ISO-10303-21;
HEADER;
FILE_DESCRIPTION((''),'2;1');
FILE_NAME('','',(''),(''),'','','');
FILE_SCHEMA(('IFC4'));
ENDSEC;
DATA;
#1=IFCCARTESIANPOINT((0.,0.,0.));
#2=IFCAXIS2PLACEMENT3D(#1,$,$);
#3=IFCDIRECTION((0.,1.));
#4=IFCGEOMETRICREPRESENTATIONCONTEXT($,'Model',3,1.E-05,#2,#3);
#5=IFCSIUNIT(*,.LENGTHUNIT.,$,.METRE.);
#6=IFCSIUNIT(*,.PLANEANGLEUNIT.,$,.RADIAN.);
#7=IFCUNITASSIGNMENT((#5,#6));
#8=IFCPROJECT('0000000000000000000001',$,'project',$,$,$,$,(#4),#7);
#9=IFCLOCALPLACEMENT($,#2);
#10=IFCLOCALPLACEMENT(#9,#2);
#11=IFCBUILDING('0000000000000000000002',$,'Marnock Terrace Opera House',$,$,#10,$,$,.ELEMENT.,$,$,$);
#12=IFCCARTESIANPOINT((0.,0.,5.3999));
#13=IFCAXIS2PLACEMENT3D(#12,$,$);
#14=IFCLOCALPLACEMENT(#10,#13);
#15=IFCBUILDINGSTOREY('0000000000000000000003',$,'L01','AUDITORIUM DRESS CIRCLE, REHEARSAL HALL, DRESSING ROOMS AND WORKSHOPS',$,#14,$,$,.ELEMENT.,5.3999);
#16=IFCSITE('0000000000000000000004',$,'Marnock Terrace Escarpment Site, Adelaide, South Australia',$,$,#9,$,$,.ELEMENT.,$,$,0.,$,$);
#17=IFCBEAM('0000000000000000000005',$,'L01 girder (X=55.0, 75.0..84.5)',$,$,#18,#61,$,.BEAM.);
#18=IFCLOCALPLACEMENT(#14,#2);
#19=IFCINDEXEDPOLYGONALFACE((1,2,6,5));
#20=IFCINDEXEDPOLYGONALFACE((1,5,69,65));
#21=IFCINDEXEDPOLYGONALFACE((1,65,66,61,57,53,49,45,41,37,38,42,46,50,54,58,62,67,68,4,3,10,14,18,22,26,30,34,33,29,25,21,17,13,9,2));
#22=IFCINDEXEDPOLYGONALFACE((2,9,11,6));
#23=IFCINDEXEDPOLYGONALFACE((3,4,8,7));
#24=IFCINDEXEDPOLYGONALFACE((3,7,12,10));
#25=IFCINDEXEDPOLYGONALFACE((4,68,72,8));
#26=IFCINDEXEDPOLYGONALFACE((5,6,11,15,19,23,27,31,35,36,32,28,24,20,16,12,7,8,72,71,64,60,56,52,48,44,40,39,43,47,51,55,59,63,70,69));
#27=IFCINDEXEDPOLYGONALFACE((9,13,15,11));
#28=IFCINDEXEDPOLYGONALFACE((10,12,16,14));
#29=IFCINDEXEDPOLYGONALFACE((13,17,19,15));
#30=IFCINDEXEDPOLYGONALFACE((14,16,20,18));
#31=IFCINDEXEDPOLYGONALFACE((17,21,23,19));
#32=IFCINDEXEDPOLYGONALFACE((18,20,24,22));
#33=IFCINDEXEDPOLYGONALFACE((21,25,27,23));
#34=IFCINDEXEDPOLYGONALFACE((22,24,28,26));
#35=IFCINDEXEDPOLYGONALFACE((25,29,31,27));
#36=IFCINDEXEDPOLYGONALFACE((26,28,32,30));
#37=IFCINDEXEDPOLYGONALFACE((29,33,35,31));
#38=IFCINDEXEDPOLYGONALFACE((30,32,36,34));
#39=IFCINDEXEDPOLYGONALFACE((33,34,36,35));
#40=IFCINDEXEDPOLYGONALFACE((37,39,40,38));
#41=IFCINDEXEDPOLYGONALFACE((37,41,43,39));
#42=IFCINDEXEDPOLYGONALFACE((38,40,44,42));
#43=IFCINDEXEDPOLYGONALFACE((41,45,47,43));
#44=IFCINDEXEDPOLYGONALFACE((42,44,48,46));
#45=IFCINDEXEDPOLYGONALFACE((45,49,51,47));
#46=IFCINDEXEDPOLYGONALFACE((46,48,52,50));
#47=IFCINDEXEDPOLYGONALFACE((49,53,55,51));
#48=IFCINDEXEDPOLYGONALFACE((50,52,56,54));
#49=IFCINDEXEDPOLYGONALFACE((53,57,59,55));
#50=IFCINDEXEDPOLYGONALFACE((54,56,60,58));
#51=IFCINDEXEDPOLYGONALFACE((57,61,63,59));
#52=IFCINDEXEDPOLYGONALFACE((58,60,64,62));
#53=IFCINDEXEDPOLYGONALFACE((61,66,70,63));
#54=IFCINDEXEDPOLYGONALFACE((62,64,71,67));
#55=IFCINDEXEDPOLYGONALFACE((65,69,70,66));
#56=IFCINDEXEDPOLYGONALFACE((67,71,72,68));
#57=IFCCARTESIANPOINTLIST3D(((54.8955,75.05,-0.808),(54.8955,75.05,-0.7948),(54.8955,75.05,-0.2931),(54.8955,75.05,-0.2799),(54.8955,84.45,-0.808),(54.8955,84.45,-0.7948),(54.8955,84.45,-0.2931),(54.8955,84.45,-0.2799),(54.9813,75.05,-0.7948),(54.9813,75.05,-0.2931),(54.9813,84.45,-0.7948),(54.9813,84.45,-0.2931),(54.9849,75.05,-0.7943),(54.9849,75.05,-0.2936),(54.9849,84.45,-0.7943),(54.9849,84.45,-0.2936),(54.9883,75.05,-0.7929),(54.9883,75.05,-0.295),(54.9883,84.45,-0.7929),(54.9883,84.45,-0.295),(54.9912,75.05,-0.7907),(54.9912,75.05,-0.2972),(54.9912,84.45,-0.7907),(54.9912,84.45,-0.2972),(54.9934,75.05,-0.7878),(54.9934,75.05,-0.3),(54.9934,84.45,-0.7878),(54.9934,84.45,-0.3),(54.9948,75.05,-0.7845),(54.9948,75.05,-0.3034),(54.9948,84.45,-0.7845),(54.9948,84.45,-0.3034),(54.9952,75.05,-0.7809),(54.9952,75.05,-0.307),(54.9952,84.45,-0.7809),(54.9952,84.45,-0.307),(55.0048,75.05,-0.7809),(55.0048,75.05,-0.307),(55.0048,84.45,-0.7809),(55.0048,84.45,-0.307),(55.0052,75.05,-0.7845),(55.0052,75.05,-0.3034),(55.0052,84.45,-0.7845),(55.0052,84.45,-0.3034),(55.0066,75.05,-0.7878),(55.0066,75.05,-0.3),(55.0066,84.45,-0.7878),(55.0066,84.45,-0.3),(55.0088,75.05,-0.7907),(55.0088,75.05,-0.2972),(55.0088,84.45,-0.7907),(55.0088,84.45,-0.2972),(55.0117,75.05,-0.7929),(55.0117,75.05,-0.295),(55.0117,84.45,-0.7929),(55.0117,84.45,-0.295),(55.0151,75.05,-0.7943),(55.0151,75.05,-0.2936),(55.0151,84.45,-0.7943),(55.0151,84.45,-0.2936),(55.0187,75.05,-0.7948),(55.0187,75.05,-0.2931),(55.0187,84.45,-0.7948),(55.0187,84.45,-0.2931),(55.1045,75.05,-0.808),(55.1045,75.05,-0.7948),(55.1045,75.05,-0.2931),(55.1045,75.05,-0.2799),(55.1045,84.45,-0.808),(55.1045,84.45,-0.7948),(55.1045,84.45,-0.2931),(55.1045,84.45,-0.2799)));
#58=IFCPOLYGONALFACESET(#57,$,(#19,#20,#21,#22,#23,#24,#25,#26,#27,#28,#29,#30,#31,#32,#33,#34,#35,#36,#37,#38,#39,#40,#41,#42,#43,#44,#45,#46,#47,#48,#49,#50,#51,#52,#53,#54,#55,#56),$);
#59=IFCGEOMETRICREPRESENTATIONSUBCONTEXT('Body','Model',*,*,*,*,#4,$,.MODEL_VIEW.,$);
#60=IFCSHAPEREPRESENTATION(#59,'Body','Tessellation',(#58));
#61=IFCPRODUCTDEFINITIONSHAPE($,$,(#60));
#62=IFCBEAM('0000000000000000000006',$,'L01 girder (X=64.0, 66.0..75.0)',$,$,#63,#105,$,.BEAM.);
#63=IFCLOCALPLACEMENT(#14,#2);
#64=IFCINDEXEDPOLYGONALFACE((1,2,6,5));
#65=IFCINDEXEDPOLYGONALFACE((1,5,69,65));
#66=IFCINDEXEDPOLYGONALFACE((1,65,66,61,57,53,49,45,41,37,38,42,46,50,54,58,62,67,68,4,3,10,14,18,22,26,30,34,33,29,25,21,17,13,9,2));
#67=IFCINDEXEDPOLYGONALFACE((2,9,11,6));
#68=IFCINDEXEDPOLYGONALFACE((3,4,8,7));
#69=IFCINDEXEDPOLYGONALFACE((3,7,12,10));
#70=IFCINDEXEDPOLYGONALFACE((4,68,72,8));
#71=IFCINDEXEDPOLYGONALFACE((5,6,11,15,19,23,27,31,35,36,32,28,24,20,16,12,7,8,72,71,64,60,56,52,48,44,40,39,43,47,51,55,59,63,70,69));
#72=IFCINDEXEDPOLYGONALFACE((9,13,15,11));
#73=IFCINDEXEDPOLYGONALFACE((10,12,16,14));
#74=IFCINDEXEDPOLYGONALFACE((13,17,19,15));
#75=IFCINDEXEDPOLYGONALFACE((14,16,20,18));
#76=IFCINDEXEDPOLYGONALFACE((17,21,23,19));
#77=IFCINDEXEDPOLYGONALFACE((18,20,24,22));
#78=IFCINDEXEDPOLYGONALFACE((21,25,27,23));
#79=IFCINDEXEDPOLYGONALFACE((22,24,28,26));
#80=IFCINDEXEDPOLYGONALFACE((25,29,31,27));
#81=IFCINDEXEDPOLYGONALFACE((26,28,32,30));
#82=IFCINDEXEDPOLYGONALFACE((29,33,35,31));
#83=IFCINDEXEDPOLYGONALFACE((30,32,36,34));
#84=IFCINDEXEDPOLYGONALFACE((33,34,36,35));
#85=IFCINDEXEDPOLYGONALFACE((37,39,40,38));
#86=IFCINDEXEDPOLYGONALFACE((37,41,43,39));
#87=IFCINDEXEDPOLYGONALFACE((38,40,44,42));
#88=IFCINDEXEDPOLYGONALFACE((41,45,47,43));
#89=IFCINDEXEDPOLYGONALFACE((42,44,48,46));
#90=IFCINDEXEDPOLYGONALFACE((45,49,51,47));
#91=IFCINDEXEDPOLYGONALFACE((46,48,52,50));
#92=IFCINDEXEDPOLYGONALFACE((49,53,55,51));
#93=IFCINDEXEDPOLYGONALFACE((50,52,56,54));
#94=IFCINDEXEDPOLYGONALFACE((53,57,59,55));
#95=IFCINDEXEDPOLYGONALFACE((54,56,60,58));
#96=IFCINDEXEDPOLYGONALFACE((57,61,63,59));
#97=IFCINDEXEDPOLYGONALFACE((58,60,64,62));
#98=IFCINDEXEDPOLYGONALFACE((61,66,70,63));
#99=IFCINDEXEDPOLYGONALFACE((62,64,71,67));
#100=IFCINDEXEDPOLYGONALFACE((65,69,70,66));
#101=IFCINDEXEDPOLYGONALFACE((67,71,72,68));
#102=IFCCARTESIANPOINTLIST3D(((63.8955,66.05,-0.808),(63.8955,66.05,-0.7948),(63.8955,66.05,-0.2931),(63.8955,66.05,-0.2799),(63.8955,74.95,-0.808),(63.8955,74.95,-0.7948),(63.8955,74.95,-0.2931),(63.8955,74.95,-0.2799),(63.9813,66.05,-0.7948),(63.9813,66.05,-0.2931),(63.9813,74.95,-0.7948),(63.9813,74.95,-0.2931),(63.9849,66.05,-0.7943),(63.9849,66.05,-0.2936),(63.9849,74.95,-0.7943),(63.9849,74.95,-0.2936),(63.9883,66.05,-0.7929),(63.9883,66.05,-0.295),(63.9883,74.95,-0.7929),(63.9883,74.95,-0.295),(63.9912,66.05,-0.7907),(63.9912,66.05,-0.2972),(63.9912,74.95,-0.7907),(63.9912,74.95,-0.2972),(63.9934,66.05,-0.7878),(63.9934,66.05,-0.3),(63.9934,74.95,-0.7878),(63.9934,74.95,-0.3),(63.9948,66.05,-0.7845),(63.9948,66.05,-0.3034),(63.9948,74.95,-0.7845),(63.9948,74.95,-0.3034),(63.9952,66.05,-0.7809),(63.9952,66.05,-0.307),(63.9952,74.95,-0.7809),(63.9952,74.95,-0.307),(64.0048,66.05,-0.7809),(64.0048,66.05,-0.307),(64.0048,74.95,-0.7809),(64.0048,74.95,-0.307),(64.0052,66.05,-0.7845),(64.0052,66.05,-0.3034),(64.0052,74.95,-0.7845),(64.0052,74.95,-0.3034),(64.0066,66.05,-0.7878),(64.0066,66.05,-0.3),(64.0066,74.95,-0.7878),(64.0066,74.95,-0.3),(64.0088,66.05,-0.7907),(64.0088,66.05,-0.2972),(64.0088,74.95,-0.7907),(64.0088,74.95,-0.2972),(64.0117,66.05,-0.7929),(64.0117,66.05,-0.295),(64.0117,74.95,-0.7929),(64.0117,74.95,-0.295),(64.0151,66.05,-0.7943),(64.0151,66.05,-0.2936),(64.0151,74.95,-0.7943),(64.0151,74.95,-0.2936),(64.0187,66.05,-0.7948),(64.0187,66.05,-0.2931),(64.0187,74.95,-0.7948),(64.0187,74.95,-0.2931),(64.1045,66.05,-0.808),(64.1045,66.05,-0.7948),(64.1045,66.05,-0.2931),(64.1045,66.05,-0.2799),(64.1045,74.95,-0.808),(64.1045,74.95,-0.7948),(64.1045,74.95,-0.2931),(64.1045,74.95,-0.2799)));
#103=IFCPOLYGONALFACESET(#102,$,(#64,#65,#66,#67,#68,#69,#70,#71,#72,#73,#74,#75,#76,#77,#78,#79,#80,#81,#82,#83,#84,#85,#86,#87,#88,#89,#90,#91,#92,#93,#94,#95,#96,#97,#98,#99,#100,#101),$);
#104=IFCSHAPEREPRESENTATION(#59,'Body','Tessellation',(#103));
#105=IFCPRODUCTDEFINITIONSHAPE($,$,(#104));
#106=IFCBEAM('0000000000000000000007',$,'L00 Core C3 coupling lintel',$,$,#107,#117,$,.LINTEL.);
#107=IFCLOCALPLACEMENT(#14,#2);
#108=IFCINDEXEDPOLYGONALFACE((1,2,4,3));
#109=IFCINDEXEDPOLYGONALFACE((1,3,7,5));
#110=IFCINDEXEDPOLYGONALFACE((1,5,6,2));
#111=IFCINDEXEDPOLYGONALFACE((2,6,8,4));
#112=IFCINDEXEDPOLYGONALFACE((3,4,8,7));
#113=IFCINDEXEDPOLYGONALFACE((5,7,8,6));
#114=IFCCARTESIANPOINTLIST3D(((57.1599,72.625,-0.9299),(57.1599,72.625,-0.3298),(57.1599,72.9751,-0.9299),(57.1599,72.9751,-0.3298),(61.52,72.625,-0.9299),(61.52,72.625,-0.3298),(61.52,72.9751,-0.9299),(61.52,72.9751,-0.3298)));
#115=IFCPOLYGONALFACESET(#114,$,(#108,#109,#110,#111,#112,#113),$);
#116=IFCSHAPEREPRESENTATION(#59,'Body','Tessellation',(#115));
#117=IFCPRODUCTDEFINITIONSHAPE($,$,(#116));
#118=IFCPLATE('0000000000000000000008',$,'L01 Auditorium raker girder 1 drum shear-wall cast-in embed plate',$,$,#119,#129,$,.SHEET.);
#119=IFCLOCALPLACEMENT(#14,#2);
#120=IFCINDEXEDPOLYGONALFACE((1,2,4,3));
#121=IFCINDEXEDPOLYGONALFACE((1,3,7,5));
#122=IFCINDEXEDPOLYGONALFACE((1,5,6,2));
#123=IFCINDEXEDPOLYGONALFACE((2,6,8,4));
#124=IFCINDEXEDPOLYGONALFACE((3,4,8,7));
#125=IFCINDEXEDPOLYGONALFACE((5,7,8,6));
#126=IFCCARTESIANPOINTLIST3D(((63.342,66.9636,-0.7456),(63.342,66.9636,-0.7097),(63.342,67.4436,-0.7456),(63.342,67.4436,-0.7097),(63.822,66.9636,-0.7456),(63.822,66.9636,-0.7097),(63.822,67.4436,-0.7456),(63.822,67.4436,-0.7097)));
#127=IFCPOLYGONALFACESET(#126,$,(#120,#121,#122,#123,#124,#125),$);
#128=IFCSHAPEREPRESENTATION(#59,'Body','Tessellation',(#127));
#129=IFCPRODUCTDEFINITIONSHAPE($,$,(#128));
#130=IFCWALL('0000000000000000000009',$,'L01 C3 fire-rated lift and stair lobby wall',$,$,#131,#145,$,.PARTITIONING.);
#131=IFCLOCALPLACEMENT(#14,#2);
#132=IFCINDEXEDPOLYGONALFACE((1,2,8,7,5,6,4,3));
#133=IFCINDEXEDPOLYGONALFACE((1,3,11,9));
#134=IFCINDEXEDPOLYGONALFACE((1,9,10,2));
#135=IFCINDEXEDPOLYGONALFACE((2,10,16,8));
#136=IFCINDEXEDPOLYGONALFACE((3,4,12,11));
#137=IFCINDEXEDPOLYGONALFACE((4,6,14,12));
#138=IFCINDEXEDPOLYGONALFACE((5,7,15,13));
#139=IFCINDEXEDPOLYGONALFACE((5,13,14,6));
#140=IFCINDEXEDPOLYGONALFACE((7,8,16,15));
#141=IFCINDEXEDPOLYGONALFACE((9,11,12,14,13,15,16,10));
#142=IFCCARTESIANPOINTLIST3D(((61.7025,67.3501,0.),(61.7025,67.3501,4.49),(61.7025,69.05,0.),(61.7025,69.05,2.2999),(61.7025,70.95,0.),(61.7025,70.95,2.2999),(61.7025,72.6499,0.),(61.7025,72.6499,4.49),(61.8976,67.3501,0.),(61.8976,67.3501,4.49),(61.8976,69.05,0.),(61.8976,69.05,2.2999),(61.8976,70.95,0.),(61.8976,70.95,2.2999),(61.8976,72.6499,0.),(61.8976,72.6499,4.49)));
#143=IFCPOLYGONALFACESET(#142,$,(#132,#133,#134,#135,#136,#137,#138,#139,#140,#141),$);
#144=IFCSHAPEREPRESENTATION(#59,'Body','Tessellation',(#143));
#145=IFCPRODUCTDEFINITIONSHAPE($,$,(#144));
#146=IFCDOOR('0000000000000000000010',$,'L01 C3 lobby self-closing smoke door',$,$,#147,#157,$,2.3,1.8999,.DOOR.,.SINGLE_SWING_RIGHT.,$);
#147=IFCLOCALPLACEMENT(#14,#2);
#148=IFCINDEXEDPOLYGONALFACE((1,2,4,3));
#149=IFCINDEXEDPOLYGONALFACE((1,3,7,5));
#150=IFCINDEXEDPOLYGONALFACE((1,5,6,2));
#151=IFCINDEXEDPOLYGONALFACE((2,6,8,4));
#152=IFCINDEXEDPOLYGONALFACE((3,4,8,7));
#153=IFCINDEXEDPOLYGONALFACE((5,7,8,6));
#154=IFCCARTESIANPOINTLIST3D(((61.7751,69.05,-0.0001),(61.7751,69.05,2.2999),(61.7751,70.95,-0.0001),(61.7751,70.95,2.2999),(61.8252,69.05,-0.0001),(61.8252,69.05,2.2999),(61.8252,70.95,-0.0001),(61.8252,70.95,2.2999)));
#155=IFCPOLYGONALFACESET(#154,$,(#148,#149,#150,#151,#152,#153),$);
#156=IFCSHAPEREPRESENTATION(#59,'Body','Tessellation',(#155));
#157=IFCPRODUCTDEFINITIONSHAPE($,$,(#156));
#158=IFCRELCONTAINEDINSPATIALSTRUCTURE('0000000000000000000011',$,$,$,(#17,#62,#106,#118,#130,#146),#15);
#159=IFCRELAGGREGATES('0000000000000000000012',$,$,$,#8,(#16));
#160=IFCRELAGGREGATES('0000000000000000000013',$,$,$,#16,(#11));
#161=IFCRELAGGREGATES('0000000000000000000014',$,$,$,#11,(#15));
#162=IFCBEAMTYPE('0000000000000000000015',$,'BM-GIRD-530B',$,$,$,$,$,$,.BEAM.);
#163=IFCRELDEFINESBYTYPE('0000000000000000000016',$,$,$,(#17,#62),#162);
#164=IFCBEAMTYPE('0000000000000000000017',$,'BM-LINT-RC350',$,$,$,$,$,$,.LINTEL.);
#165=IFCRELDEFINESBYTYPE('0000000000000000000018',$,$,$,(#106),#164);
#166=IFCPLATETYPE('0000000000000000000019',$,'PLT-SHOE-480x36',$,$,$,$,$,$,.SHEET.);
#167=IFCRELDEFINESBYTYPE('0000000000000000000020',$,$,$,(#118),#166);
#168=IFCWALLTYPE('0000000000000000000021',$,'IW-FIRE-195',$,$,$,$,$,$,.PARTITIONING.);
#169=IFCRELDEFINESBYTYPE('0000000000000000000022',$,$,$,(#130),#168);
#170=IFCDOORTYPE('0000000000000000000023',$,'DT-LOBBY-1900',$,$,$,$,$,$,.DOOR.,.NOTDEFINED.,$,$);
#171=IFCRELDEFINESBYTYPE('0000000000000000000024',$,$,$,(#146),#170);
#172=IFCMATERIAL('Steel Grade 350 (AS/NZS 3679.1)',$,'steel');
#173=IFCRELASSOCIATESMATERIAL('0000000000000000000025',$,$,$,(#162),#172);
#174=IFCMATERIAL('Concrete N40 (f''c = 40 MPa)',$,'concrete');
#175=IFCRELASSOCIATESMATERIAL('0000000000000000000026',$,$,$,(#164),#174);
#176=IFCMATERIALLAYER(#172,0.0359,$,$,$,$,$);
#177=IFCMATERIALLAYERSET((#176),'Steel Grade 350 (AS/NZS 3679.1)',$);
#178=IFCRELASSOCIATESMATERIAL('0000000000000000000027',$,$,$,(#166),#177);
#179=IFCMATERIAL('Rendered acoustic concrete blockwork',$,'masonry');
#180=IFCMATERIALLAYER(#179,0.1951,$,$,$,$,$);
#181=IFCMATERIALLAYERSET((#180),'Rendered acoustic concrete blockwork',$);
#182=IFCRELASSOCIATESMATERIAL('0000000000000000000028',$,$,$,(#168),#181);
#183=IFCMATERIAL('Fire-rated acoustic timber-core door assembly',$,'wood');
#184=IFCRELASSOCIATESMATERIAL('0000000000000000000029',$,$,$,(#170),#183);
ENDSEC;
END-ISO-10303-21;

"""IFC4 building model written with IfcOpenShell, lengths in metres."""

from ifc_helpers import new_model, si_unit, direction, frame, frame_2d, origin, origin_2d, place, context, subcontext, project, spatial, rectangle, i_section, extrude, material, layer, layer_set, material_profile, profile_set, type_object, element, fill, save


model = new_model("IFC4")

# Units and contexts
model_context = context("Model", 3, precision=1e-05, world=origin(), true_north=direction((0.0, 1.0)))
body_context = subcontext(model_context, "Body", "Model", "MODEL_VIEW")
ifc_project = project(units=[si_unit("LENGTHUNIT", "METRE"), si_unit("PLANEANGLEUNIT", "RADIAN")], contexts=[model_context])

# Site, building, storey
site_placement = place(None, origin())
site = spatial("IfcSite", under=ifc_project, at=site_placement, Name="Marnock Terrace Escarpment Site, Adelaide, South Australia", CompositionType="ELEMENT", RefElevation=0.0)
building_placement = place(site_placement, origin())
building = spatial("IfcBuilding", under=site, at=building_placement, Name="Marnock Terrace Opera House", CompositionType="ELEMENT")
storey_placement = place(building_placement, frame((0.0, 0.0, 5.3999)))
storey = spatial("IfcBuildingStorey", under=building, at=storey_placement, Name="L01", Description="AUDITORIUM DRESS CIRCLE, REHEARSAL HALL, DRESSING ROOMS AND WORKSHOPS", CompositionType="ELEMENT", Elevation=5.3999)

# Beams
ifc_material_1 = material(Name="Steel Grade 350 (AS/NZS 3679.1)", Category="steel")
ifc_material_profile_1 = material_profile(ifc_material_1, i_section(OverallWidth=0.209, OverallDepth=0.5281, WebThickness=0.0095, FlangeThickness=0.0132, FilletRadius=0.0139, at=origin_2d()))
ifc_profile_set_1 = profile_set([ifc_material_profile_1], Name="Steel Grade 350 (AS/NZS 3679.1)")
beam_type_1 = type_object("IfcBeamType", Name="BM-GIRD-530B", PredefinedType="BEAM", material=ifc_profile_set_1)
beam_1_placement = place(storey_placement, frame((55.0, 75.05, -0.5439), z_axis=(0.0, 1.0, 0.0), x_axis=(-1.0, 0.0, 0.0)))
element("IfcBeam", 1, at=beam_1_placement, inside=storey, type_object=beam_type_1, Name="L01 girder (X=55.0, 75.0..84.5)", PredefinedType="BEAM", context=body_context, shape_type="SweptSolid", body=[
    extrude(i_section(OverallWidth=0.209, OverallDepth=0.5281, WebThickness=0.0095, FlangeThickness=0.0132, FilletRadius=0.0139, at=origin_2d()), origin(), (0.0, 0.0, 1.0), 9.3999),
])
beam_2_placement = place(storey_placement, frame((64.0, 66.05, -0.5439), z_axis=(0.0, 1.0, 0.0), x_axis=(-1.0, 0.0, 0.0)))
element("IfcBeam", 2, at=beam_2_placement, inside=storey, type_object=beam_type_1, Name="L01 girder (X=64.0, 66.0..75.0)", PredefinedType="BEAM", context=body_context, shape_type="SweptSolid", body=[
    extrude(i_section(OverallWidth=0.209, OverallDepth=0.5281, WebThickness=0.0095, FlangeThickness=0.0132, FilletRadius=0.0139, at=origin_2d()), origin(), (0.0, 0.0, 1.0), 8.8999),
])
ifc_material_2 = material(Name="Concrete N40 (f'c = 40 MPa)", Category="concrete")
ifc_material_profile_2 = material_profile(ifc_material_2, rectangle(XDim=0.3501, YDim=0.6001, at=origin_2d()))
ifc_profile_set_2 = profile_set([ifc_material_profile_2], Name="Concrete N40 (f'c = 40 MPa)")
beam_type_2 = type_object("IfcBeamType", Name="BM-LINT-RC350", PredefinedType="LINTEL", material=ifc_profile_set_2)
beam_3_placement = place(storey_placement, frame((57.1599, 72.8, -0.6299), z_axis=(1.0, 0.0, 0.0), x_axis=(0.0, 1.0, 0.0)))
element("IfcBeam", 3, at=beam_3_placement, inside=storey, type_object=beam_type_2, Name="L00 Core C3 coupling lintel", PredefinedType="LINTEL", context=body_context, shape_type="SweptSolid", body=[
    extrude(rectangle(XDim=0.3501, YDim=0.6001, at=origin_2d()), origin(), (0.0, 0.0, 1.0), 4.3601),
])

# Plate
ifc_layer_1 = layer(ifc_material_1, 0.0359)
ifc_layer_set_1 = layer_set([ifc_layer_1], Name="Steel Grade 350 (AS/NZS 3679.1)")
plate_type = type_object("IfcPlateType", Name="PLT-SHOE-480x36", PredefinedType="SHEET", material=ifc_layer_set_1)
plate_placement = place(storey_placement, frame((63.582, 67.2036, -0.7456), z_axis=(0.0, 0.0, 1.0), x_axis=(1.0, 0.0, 0.0)))
element("IfcPlate", 4, at=plate_placement, inside=storey, type_object=plate_type, Name="L01 Auditorium raker girder 1 drum shear-wall cast-in embed plate", PredefinedType="SHEET", context=body_context, shape_type="SweptSolid", body=[
    extrude(rectangle(XDim=0.48, YDim=0.48, at=origin_2d()), origin(), (0.0, 0.0, 1.0), 0.0359),
])

# Wall, opening, door
ifc_material_3 = material(Name="Rendered acoustic concrete blockwork", Category="masonry")
ifc_layer_2 = layer(ifc_material_3, 0.1951)
ifc_layer_set_2 = layer_set([ifc_layer_2], Name="Rendered acoustic concrete blockwork")
wall_type_1 = type_object("IfcWallType", Name="IW-FIRE-195", PredefinedType="PARTITIONING", material=ifc_layer_set_2)
wall_1_placement = place(storey_placement, frame((61.8, 67.3501, 0.0), z_axis=(0.0, 0.0, 1.0), x_axis=(0.0, 1.0, 0.0)))
wall_1 = element("IfcWall", 5, at=wall_1_placement, inside=storey, type_object=wall_type_1, Name="L01 C3 fire-rated lift and stair lobby wall", PredefinedType="PARTITIONING", context=body_context, shape_type="SweptSolid", body=[
    extrude(rectangle(XDim=5.2998, YDim=0.1951, at=frame_2d((2.6499, 0.0))), origin(), (0.0, 0.0, 1.0), 4.49),
])
opening_1_placement = place(wall_1_placement, frame((1.7, 0.0, 0.0)))
opening_1 = element("IfcOpeningElement", 6, at=opening_1_placement, cuts=wall_1, PredefinedType="OPENING", context=body_context, shape_type="SweptSolid", body=[
    extrude(rectangle(XDim=1.8999, YDim=2.3, at=frame_2d((0.95, 1.1499))), frame((0.0, 0.1074, 0.0), z_axis=(0.0, -1.0, 0.0), x_axis=(1.0, 0.0, 0.0)), (0.0, 0.0, 1.0), 0.2151),
])
ifc_material_4 = material(Name="Fire-rated acoustic timber-core door assembly", Category="wood")
door_type_1 = type_object("IfcDoorType", Name="DT-LOBBY-1900", OperationType="NOTDEFINED", PredefinedType="DOOR", material=ifc_material_4)
door_1_placement = place(opening_1_placement, origin())
door_1 = element("IfcDoor", 7, at=door_1_placement, inside=storey, type_object=door_type_1, Name="L01 C3 lobby self-closing smoke door", OperationType="SINGLE_SWING_RIGHT", OverallHeight=2.3, OverallWidth=1.8999, PredefinedType="DOOR", context=body_context, shape_type="SweptSolid", body=[
    extrude(rectangle(XDim=1.8999, YDim=2.3, at=frame_2d((0.95, 1.1499))), frame((0.0, 0.0249, 0.0), z_axis=(0.0, -1.0, 0.0), x_axis=(1.0, 0.0, 0.0)), (0.0, 0.0, 1.0), 0.05),
])
fill(opening_1, door_1)

save(model, "model.ifc")
